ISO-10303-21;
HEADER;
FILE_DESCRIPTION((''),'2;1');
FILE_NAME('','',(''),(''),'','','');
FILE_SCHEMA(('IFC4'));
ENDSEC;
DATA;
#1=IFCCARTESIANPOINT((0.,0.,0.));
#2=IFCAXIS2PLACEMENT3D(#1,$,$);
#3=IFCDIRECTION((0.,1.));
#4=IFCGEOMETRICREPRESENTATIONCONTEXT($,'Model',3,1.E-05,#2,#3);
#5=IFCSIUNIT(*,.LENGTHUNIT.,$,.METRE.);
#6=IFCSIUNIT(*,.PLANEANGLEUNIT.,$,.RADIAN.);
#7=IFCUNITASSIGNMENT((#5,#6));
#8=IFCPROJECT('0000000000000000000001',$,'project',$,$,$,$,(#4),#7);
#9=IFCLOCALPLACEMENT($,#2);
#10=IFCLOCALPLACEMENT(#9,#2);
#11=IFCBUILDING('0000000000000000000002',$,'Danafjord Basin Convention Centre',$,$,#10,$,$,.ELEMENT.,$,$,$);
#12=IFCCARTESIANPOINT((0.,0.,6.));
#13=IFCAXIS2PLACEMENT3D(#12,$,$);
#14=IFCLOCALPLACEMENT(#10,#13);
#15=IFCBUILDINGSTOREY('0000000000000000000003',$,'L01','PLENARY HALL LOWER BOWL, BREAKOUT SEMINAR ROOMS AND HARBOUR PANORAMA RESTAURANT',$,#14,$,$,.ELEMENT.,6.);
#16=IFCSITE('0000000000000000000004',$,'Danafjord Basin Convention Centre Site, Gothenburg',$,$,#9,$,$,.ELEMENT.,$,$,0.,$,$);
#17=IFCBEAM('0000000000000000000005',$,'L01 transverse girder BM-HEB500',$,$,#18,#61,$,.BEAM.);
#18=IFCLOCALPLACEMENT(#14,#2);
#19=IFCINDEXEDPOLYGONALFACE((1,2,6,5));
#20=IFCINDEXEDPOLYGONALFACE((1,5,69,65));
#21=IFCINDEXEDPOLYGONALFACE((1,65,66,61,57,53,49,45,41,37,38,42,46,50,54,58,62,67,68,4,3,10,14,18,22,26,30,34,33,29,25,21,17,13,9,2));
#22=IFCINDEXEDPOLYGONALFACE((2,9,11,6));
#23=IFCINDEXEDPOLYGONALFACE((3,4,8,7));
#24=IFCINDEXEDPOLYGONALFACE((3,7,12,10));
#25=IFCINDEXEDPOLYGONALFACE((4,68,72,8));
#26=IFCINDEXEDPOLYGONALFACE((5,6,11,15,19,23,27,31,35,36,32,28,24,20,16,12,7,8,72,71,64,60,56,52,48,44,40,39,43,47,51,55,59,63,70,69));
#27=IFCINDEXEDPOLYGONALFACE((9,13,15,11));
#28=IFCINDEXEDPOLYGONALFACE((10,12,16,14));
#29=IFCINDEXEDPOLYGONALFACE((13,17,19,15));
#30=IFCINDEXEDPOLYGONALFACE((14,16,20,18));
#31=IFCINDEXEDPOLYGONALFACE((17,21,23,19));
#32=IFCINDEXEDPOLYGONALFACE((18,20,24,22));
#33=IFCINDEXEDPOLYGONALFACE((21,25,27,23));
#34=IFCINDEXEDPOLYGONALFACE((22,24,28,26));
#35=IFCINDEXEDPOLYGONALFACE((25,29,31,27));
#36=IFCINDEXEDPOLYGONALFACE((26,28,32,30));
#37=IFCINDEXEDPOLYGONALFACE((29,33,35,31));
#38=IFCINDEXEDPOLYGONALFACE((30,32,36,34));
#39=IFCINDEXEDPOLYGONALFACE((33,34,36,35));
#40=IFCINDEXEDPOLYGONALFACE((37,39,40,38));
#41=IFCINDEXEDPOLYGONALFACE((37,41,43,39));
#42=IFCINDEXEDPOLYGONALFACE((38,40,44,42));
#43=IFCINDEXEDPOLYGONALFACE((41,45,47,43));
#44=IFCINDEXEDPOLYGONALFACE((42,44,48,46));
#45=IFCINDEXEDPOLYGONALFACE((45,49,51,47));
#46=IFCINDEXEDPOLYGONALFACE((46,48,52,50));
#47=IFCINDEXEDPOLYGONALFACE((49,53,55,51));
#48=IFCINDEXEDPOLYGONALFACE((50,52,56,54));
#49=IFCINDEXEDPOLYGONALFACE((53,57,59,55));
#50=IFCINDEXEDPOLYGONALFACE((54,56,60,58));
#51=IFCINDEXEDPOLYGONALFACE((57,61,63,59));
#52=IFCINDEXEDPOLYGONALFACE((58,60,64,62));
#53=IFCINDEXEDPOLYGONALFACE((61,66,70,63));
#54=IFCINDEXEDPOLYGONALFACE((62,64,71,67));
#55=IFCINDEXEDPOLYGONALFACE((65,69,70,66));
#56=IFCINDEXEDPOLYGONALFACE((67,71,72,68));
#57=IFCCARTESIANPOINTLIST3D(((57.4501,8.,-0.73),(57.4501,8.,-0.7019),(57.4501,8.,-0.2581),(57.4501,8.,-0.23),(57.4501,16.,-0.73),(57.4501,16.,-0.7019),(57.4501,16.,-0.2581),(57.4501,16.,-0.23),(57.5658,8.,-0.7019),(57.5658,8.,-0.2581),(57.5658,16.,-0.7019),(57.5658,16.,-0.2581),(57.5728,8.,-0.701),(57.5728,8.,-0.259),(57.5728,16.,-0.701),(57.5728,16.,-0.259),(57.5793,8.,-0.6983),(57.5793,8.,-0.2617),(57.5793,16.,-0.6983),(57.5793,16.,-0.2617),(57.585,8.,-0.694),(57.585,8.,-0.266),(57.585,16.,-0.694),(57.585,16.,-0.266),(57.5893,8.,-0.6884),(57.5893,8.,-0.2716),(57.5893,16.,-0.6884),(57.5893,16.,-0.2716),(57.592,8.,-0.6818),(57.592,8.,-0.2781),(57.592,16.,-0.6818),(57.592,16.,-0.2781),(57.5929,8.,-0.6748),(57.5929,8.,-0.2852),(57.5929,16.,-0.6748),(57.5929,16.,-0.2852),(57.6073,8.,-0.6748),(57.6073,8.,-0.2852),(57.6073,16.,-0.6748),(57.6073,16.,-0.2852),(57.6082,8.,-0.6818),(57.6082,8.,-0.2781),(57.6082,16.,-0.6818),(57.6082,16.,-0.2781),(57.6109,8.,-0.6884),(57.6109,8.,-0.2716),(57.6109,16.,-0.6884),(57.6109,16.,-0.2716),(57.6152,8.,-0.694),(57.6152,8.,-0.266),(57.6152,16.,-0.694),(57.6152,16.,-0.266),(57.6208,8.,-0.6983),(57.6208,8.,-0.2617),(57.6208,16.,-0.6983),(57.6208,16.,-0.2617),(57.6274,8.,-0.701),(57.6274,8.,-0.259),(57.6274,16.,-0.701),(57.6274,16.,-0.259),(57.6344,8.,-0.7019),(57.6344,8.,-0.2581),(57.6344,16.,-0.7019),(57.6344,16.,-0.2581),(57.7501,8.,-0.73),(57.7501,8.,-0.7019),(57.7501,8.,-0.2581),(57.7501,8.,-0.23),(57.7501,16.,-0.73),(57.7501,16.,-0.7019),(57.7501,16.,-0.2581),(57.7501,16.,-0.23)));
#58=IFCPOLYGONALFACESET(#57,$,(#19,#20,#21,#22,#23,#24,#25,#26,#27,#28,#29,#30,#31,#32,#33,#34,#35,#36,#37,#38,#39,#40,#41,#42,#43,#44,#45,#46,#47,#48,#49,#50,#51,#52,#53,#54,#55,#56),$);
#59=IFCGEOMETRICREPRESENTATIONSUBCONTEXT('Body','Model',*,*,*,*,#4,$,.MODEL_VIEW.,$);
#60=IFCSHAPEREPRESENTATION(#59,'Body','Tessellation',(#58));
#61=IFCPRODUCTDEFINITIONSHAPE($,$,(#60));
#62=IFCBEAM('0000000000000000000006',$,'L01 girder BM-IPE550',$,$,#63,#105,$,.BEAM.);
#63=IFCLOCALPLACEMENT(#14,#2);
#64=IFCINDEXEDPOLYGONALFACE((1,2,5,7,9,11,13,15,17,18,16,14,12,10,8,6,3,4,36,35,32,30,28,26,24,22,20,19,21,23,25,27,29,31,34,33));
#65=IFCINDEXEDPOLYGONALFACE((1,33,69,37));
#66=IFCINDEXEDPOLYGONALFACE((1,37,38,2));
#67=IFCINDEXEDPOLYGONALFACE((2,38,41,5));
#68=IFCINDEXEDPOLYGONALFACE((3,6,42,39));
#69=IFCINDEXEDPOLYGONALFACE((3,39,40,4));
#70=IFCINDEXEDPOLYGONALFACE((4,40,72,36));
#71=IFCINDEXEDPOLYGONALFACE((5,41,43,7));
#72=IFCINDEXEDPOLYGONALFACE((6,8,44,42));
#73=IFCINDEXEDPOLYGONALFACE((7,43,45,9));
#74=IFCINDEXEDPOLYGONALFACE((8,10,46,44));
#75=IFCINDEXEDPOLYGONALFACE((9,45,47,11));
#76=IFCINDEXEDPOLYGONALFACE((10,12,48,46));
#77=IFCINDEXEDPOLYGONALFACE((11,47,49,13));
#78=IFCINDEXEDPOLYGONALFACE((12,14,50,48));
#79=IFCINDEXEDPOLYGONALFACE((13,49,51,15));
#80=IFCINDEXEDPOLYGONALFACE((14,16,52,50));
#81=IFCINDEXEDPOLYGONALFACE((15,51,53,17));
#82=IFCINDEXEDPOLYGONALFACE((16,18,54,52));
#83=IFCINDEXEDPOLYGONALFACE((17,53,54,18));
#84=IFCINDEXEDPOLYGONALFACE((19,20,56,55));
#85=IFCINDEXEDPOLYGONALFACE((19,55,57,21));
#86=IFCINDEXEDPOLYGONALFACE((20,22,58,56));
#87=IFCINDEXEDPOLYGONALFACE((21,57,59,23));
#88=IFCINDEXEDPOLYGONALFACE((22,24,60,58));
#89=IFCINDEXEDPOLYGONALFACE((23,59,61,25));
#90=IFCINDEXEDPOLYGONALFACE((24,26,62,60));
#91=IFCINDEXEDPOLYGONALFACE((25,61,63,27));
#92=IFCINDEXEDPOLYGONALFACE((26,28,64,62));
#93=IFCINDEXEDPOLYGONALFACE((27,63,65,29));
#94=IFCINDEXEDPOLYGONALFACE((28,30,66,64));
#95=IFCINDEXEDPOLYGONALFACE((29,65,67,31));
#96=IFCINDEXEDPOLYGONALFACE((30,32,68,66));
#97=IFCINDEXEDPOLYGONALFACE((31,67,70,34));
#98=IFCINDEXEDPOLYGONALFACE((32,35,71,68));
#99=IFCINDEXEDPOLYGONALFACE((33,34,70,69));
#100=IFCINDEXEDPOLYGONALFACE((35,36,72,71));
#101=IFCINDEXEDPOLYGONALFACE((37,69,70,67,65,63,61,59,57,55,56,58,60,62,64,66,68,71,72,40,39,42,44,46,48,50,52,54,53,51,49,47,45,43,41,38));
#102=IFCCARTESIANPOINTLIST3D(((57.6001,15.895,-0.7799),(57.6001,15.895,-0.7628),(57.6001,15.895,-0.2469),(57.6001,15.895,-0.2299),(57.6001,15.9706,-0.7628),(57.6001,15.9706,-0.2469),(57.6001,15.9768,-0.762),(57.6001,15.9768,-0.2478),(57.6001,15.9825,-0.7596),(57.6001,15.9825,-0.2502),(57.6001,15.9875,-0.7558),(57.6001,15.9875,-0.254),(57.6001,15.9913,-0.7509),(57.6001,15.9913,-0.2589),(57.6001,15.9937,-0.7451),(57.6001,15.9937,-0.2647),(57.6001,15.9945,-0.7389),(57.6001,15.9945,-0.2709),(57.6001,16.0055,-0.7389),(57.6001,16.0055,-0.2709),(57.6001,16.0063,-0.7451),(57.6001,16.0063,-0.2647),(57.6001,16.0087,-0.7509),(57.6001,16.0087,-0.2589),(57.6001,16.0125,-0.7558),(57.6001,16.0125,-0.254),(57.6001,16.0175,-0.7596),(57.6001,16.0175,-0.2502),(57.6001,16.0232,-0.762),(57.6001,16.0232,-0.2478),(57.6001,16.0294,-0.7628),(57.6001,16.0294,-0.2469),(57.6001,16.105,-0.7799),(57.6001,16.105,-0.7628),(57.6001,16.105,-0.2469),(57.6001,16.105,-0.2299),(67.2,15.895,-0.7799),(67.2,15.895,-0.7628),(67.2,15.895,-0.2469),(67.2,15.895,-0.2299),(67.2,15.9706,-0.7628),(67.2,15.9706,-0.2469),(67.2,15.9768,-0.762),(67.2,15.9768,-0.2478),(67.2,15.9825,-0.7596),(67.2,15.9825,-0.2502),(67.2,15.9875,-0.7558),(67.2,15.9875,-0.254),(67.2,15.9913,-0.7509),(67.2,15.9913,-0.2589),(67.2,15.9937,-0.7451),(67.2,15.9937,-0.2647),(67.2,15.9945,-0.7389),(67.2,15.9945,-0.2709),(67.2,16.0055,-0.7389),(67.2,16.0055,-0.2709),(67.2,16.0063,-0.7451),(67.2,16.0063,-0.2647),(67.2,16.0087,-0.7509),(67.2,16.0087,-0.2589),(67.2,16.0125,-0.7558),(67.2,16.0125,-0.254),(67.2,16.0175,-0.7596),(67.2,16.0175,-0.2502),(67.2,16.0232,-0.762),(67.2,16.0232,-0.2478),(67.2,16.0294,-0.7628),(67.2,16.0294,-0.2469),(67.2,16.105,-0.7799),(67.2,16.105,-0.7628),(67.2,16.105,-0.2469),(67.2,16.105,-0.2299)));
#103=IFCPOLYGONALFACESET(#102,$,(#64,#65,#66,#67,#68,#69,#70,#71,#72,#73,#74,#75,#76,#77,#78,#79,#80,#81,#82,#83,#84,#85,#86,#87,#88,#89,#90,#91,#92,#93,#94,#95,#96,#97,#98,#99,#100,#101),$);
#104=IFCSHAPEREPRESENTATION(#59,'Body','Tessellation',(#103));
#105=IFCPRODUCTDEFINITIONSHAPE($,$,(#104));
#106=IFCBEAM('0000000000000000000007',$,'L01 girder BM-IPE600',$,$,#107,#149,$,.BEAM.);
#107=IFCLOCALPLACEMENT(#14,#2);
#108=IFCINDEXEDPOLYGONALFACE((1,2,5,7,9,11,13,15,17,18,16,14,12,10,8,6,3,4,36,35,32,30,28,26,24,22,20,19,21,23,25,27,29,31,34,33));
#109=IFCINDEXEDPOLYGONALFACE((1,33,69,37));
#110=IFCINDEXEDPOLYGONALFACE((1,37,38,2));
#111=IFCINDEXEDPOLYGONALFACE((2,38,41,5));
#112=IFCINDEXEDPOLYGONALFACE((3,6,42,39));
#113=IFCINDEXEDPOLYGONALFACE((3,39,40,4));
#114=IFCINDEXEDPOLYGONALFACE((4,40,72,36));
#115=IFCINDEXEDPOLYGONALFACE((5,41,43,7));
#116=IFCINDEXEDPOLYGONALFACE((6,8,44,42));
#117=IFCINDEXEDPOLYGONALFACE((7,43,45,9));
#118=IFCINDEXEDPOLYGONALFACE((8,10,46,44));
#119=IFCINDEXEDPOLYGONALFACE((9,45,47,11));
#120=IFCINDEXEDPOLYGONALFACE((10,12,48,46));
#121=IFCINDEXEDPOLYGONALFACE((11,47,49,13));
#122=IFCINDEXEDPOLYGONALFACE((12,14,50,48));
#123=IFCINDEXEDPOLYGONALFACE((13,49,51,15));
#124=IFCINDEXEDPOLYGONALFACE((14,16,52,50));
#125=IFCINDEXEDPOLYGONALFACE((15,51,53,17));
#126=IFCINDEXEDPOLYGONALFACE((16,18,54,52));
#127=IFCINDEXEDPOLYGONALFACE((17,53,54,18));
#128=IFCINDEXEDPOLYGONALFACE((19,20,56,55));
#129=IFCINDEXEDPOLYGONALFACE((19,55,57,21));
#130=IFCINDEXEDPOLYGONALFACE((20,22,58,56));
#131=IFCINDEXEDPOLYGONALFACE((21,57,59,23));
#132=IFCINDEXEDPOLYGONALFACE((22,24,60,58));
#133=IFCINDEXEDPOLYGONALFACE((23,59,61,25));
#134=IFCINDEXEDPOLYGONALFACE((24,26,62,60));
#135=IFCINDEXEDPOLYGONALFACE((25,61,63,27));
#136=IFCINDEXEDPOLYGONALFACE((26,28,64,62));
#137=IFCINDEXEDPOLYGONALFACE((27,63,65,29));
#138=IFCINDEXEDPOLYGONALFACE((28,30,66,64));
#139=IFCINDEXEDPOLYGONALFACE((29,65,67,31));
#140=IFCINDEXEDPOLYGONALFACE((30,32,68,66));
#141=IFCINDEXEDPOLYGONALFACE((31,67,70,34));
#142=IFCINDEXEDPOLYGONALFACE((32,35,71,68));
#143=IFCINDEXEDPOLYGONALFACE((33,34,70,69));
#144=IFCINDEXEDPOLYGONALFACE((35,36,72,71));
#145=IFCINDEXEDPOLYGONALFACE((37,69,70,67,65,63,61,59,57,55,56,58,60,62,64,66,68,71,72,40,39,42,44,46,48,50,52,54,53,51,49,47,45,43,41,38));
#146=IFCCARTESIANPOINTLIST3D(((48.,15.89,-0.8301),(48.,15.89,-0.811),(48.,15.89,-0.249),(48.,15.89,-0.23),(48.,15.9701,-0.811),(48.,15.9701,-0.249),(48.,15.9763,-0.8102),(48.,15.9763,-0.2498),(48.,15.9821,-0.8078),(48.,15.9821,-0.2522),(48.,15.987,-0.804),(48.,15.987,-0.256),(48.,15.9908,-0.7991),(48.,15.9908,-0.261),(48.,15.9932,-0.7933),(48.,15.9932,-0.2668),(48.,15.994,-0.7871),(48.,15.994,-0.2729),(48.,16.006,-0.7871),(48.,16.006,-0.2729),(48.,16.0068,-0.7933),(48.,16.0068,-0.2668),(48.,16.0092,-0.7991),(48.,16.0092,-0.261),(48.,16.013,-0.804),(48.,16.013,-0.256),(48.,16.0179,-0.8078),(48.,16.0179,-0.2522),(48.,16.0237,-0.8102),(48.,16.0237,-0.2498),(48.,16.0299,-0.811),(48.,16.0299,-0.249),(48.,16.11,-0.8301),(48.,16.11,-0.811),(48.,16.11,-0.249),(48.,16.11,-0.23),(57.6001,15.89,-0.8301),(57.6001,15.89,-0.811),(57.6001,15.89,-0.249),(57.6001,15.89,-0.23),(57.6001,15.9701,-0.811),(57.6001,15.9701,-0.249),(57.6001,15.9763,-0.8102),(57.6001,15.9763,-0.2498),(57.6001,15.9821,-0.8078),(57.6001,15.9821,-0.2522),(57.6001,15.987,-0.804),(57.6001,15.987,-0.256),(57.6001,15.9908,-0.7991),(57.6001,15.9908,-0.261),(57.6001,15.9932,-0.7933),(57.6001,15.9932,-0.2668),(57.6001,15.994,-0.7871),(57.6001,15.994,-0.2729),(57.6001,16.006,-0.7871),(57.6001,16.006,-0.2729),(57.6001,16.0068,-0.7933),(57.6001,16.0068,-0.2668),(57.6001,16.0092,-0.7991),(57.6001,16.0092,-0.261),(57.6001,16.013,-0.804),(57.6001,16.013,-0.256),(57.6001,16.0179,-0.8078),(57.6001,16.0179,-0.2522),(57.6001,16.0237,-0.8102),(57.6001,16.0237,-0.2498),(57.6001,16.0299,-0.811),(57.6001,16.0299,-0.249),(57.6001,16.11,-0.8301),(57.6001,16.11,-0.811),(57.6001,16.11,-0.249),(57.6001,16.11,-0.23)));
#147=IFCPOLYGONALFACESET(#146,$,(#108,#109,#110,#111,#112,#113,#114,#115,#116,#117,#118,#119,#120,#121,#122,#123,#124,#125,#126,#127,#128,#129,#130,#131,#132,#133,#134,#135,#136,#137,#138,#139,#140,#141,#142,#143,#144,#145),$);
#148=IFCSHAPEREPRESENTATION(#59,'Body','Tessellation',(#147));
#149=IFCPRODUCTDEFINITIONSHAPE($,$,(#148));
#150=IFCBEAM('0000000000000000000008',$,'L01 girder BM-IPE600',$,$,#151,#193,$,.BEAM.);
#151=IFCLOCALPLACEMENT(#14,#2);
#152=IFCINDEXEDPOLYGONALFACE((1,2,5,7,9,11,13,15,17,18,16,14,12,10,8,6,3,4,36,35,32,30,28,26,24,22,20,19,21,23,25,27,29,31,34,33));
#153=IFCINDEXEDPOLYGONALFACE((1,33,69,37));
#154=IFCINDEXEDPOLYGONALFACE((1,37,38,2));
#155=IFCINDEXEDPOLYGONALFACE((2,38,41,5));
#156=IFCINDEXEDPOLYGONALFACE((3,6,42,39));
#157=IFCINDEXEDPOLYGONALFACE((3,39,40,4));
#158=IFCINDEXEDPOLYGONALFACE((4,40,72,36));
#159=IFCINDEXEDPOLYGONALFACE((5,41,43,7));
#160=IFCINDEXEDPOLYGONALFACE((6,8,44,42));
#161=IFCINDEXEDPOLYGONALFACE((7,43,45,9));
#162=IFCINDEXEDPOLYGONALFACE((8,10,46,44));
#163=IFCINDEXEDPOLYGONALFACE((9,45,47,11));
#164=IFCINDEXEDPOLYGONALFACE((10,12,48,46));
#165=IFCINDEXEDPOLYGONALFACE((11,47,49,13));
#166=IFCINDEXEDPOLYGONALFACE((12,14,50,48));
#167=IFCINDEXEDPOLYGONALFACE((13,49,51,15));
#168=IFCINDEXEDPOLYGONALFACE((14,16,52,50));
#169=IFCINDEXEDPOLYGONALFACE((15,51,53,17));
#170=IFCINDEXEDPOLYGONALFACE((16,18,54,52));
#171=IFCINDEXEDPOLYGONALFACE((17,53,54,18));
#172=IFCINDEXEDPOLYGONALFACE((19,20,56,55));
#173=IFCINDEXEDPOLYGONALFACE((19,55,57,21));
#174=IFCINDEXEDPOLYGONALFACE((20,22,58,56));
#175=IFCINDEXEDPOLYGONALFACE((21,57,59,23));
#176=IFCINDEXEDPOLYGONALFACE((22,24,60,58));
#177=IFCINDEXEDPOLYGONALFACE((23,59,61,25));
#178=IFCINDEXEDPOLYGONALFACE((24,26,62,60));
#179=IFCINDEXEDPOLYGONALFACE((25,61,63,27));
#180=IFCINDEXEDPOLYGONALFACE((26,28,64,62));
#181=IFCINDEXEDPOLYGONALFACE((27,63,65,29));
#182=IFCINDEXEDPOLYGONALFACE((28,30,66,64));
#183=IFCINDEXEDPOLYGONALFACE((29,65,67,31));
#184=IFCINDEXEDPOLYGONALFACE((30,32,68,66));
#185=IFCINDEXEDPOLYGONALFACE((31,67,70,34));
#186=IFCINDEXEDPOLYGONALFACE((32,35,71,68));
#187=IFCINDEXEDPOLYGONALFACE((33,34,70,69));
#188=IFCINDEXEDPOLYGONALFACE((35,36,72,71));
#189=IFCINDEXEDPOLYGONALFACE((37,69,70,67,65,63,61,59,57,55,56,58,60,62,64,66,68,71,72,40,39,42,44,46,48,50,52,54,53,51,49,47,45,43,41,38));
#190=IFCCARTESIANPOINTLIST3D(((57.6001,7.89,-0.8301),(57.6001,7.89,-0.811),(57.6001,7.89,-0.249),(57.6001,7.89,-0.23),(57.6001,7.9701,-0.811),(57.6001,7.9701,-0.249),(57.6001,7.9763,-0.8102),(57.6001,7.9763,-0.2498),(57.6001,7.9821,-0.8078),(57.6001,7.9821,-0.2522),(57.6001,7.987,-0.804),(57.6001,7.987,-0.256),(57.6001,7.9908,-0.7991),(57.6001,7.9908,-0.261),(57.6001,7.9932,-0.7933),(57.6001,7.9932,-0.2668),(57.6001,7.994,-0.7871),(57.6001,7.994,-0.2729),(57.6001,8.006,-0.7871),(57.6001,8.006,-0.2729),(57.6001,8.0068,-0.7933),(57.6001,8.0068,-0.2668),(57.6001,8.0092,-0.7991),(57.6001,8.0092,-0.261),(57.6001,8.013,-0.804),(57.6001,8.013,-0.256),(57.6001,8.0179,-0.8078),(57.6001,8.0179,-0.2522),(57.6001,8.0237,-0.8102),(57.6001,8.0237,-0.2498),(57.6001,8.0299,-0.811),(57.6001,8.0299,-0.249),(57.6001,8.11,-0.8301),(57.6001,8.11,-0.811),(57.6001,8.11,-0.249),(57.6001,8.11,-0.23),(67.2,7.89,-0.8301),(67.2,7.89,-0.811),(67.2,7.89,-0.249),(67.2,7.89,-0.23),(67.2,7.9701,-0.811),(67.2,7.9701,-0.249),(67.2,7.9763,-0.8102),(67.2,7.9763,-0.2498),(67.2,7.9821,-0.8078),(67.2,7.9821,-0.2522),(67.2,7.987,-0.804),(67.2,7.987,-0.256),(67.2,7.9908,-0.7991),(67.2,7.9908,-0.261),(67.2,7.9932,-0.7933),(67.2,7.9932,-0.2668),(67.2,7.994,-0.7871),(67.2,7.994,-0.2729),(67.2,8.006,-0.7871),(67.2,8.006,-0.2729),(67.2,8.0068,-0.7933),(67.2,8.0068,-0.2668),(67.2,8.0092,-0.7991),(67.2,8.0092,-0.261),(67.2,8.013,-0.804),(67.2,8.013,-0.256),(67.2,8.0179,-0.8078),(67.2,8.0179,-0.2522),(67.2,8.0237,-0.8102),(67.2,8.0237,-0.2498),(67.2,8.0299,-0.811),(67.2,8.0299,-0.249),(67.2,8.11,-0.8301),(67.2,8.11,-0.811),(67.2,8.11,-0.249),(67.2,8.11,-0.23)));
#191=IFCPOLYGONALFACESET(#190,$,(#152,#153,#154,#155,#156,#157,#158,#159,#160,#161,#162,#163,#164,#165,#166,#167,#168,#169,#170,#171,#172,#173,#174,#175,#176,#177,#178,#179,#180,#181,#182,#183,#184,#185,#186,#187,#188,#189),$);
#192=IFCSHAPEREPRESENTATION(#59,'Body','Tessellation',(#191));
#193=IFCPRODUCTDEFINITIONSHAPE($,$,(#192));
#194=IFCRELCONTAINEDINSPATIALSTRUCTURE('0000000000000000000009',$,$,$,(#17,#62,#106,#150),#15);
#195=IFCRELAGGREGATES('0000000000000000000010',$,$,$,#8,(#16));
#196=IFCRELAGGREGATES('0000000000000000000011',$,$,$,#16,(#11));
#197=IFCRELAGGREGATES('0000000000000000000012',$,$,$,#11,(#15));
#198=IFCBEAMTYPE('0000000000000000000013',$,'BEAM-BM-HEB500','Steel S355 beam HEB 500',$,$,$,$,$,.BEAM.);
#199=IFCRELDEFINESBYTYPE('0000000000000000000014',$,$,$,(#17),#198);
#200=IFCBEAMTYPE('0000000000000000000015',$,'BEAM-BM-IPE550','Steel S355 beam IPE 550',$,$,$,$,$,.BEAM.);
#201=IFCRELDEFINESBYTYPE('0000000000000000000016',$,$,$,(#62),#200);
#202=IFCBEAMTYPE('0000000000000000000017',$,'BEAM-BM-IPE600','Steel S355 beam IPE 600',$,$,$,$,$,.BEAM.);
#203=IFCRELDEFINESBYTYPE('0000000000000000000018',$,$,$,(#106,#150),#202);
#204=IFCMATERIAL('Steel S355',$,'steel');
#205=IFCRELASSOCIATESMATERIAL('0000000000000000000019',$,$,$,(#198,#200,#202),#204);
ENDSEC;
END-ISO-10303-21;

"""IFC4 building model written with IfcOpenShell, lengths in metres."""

from ifc_helpers import new_model, si_unit, direction, frame, origin, origin_2d, place, context, subcontext, project, spatial, i_section, extrude, material, material_profile, profile_set, type_object, element, save


model = new_model("IFC4")

# Units and contexts
model_context = context("Model", 3, precision=1e-05, world=origin(), true_north=direction((0.0, 1.0)))
body_context = subcontext(model_context, "Body", "Model", "MODEL_VIEW")
ifc_project = project(units=[si_unit("LENGTHUNIT", "METRE"), si_unit("PLANEANGLEUNIT", "RADIAN")], contexts=[model_context])

# Site, building, storey
site_placement = place(None, origin())
site = spatial("IfcSite", under=ifc_project, at=site_placement, Name="Danafjord Basin Convention Centre Site, Gothenburg", CompositionType="ELEMENT", RefElevation=0.0)
building_placement = place(site_placement, origin())
building = spatial("IfcBuilding", under=site, at=building_placement, Name="Danafjord Basin Convention Centre", CompositionType="ELEMENT")
storey_placement = place(building_placement, frame((0.0, 0.0, 6.0)))
storey = spatial("IfcBuildingStorey", under=building, at=storey_placement, Name="L01", Description="PLENARY HALL LOWER BOWL, BREAKOUT SEMINAR ROOMS AND HARBOUR PANORAMA RESTAURANT", CompositionType="ELEMENT", Elevation=6.0)

# Shared definitions
ifc_material_1 = material(Name="Steel S355", Category="steel")

# Beams
ifc_material_profile_1 = material_profile(ifc_material_1, i_section(OverallWidth=0.3, OverallDepth=0.5, WebThickness=0.0144, FlangeThickness=0.0281, FilletRadius=0.0271, at=origin_2d()), Name="HEB 500")
ifc_profile_set_1 = profile_set([ifc_material_profile_1], Name="Steel S355")
beam_type_1 = type_object("IfcBeamType", Name="BEAM-BM-HEB500", Description="Steel S355 beam HEB 500", PredefinedType="BEAM", material=ifc_profile_set_1)
for number, where, z_axis, x_axis, name in (
    (1, (57.6001, 8.0, -0.48), (0.0, 1.0, 0.0), (-1.0, 0.0, 0.0), "L01 transverse girder BM-HEB500"),
):
    element("IfcBeam", number, at=place(storey_placement, frame(where, z_axis=z_axis, x_axis=x_axis)), inside=storey, type_object=beam_type_1, Name=name, PredefinedType="BEAM", context=body_context, shape_type="SweptSolid", body=[
        extrude(i_section(OverallWidth=0.3, OverallDepth=0.5, WebThickness=0.0144, FlangeThickness=0.0281, FilletRadius=0.0271, at=origin_2d()), origin(), (0.0, 0.0, 1.0), 8.0),
    ])
ifc_material_profile_2 = material_profile(ifc_material_1, i_section(OverallWidth=0.21, OverallDepth=0.55, WebThickness=0.011, FlangeThickness=0.0171, FilletRadius=0.0239, at=origin_2d()), Name="IPE 550")
ifc_profile_set_2 = profile_set([ifc_material_profile_2], Name="Steel S355")
beam_type_2 = type_object("IfcBeamType", Name="BEAM-BM-IPE550", Description="Steel S355 beam IPE 550", PredefinedType="BEAM", material=ifc_profile_set_2)
beam_1_placement = place(storey_placement, frame((57.6001, 16.0, -0.5049), z_axis=(1.0, 0.0, 0.0), x_axis=(0.0, 1.0, 0.0)))
element("IfcBeam", 2, at=beam_1_placement, inside=storey, type_object=beam_type_2, Name="L01 girder BM-IPE550", PredefinedType="BEAM", context=body_context, shape_type="SweptSolid", body=[
    extrude(i_section(OverallWidth=0.21, OverallDepth=0.55, WebThickness=0.011, FlangeThickness=0.0171, FilletRadius=0.0239, at=origin_2d()), origin(), (0.0, 0.0, 1.0), 9.5999),
])
ifc_material_profile_3 = material_profile(ifc_material_1, i_section(OverallWidth=0.22, OverallDepth=0.6001, WebThickness=0.012, FlangeThickness=0.019, FilletRadius=0.0239, at=origin_2d()), Name="IPE 600")
ifc_profile_set_3 = profile_set([ifc_material_profile_3], Name="Steel S355")
beam_type_3 = type_object("IfcBeamType", Name="BEAM-BM-IPE600", Description="Steel S355 beam IPE 600", PredefinedType="BEAM", material=ifc_profile_set_3)
beam_2_placement = place(storey_placement, frame((48.0, 16.0, -0.53), z_axis=(1.0, 0.0, 0.0), x_axis=(0.0, 1.0, 0.0)))
element("IfcBeam", 3, at=beam_2_placement, inside=storey, type_object=beam_type_3, Name="L01 girder BM-IPE600", PredefinedType="BEAM", context=body_context, shape_type="SweptSolid", body=[
    extrude(i_section(OverallWidth=0.22, OverallDepth=0.6001, WebThickness=0.012, FlangeThickness=0.019, FilletRadius=0.0239, at=origin_2d()), origin(), (0.0, 0.0, 1.0), 9.6001),
])
beam_3_placement = place(storey_placement, frame((57.6001, 8.0, -0.53), z_axis=(1.0, 0.0, 0.0), x_axis=(0.0, 1.0, 0.0)))
element("IfcBeam", 4, at=beam_3_placement, inside=storey, type_object=beam_type_3, Name="L01 girder BM-IPE600", PredefinedType="BEAM", context=body_context, shape_type="SweptSolid", body=[
    extrude(i_section(OverallWidth=0.22, OverallDepth=0.6001, WebThickness=0.012, FlangeThickness=0.019, FilletRadius=0.0239, at=origin_2d()), origin(), (0.0, 0.0, 1.0), 9.5999),
])

save(model, "model.ifc")
